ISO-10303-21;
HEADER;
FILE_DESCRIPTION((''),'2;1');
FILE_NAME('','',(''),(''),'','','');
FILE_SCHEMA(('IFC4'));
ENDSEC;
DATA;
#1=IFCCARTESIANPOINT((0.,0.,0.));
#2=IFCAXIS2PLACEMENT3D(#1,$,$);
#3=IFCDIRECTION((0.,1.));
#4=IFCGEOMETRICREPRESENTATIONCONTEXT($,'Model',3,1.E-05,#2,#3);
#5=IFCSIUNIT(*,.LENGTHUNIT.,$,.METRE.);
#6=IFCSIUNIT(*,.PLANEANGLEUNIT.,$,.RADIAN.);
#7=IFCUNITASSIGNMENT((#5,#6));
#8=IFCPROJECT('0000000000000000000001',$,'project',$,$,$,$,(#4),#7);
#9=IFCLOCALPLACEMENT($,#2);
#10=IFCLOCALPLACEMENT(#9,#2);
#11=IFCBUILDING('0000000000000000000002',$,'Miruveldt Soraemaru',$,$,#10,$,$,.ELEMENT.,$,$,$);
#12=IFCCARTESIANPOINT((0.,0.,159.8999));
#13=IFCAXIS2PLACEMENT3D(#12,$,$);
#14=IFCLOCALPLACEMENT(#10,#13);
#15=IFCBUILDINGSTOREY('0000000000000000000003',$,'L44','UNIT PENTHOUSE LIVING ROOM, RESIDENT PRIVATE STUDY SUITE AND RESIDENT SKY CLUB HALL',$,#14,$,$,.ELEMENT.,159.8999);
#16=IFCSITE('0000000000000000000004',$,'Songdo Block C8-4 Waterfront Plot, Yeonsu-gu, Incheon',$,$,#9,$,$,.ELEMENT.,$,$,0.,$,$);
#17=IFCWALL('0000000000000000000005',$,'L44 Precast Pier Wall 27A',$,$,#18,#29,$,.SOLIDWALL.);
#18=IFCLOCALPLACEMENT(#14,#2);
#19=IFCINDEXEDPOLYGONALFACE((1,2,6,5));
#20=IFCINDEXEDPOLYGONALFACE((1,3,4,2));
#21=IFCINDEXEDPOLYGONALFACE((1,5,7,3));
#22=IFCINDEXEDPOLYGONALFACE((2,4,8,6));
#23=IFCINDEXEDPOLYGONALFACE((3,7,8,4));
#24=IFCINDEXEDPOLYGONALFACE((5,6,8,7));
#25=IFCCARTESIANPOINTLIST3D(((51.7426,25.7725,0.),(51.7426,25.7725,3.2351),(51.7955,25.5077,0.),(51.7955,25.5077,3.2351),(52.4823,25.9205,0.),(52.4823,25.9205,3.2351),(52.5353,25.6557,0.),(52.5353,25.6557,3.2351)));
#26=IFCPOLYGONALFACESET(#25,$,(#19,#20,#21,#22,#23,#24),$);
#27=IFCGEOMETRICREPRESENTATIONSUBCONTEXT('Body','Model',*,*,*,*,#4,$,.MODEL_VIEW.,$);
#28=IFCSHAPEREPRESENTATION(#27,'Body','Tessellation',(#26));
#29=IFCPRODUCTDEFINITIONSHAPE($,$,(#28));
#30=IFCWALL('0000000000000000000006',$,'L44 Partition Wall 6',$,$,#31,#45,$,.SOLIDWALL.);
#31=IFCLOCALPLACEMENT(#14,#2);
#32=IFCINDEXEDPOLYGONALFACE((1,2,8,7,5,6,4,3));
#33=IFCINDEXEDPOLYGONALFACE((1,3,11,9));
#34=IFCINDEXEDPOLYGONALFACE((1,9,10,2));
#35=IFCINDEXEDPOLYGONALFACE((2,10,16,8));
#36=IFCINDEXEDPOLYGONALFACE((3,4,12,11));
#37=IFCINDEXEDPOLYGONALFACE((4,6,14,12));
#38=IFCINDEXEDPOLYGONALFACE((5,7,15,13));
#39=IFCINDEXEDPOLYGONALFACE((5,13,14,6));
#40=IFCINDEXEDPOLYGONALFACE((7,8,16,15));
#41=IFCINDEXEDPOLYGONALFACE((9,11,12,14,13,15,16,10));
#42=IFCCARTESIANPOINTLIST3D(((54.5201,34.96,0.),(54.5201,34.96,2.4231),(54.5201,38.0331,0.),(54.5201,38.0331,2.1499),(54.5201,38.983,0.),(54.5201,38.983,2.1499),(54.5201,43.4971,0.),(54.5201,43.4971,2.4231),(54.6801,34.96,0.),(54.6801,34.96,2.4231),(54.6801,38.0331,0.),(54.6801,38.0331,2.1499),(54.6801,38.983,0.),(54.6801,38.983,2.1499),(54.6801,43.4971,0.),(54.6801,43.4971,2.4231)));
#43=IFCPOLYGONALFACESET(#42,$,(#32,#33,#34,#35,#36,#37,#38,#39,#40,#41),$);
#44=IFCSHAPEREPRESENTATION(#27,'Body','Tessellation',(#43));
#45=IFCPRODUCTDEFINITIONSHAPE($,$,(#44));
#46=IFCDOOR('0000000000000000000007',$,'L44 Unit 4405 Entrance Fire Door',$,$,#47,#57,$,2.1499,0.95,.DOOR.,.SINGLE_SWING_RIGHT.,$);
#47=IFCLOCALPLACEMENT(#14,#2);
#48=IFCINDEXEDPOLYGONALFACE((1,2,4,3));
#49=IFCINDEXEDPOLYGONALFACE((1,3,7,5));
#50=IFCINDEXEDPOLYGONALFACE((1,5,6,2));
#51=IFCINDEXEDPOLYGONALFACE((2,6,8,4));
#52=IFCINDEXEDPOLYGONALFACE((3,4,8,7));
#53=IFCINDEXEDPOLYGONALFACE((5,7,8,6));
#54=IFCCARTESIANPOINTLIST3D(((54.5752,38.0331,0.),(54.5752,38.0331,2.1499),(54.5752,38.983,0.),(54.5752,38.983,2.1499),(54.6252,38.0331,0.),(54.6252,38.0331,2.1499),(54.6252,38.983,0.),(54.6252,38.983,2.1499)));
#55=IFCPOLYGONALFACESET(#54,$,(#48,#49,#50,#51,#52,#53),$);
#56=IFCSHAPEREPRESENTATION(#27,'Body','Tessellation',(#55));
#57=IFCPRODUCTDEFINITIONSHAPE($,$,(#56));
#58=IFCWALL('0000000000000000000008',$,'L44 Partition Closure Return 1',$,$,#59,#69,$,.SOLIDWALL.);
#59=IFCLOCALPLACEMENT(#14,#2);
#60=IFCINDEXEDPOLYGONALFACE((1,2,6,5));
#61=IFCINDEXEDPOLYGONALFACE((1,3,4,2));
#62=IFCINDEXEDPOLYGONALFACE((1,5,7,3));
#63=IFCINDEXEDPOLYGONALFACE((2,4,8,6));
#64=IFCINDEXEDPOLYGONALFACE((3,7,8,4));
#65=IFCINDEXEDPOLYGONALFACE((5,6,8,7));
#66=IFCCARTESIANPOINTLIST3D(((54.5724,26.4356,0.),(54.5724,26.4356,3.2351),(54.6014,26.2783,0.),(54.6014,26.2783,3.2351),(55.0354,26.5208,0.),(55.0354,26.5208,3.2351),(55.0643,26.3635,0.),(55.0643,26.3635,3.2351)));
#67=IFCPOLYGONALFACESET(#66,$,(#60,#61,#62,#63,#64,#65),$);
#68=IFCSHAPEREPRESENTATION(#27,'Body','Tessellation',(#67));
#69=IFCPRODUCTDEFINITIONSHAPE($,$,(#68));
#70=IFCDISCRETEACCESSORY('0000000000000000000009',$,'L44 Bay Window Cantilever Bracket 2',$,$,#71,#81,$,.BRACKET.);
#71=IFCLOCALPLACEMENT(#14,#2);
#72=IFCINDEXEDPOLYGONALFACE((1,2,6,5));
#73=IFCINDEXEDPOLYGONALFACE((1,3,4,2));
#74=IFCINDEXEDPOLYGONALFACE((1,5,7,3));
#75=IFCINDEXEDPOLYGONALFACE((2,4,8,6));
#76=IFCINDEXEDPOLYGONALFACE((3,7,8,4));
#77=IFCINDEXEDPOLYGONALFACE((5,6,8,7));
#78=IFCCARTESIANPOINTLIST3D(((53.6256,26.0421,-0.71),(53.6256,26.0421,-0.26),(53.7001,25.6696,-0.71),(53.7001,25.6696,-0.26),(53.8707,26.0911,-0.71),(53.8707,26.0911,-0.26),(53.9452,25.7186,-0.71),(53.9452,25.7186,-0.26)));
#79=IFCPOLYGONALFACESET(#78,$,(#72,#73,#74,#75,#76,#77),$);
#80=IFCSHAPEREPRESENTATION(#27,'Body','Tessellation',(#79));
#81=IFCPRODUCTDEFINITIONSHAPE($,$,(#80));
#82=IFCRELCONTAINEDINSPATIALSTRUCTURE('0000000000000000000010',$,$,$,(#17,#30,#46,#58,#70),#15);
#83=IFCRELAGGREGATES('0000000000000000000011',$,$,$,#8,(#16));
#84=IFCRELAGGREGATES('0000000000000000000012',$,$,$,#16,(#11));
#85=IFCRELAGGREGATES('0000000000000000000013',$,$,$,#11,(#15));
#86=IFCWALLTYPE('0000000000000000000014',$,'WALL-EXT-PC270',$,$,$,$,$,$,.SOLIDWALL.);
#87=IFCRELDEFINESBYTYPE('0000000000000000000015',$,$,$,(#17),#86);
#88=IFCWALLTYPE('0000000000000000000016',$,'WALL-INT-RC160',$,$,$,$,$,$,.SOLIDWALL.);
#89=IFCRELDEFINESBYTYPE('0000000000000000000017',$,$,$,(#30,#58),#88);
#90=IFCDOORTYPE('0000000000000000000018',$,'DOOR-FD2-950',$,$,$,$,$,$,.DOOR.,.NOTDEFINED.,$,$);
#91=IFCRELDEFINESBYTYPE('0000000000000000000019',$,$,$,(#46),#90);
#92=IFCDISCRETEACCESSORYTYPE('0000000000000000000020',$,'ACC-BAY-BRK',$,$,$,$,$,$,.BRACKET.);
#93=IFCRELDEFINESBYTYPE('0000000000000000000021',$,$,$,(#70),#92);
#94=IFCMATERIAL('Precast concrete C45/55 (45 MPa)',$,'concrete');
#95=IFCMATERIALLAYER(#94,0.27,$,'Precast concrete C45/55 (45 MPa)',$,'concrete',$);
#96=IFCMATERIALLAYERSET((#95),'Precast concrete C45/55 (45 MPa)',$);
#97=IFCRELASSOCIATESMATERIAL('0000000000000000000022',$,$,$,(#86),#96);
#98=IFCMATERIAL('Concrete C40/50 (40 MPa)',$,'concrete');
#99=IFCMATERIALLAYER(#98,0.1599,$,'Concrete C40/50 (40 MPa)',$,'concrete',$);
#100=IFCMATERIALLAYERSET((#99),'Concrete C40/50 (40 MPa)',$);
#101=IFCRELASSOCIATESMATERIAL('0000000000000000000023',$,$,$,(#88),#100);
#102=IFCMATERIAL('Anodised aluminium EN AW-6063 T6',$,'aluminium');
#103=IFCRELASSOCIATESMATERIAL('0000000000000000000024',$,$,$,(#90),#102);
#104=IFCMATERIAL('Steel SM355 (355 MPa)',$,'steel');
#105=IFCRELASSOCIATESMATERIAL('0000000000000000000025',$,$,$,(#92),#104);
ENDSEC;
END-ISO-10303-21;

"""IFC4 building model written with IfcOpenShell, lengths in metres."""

from ifc_helpers import new_model, si_unit, direction, frame, frame_2d, origin, origin_2d, place, context, subcontext, project, spatial, rectangle, extrude, material, layer, layer_set, type_object, element, fill, save


model = new_model("IFC4")

# Units and contexts
model_context = context("Model", 3, precision=1e-05, world=origin(), true_north=direction((0.0, 1.0)))
body_context = subcontext(model_context, "Body", "Model", "MODEL_VIEW")
ifc_project = project(units=[si_unit("LENGTHUNIT", "METRE"), si_unit("PLANEANGLEUNIT", "RADIAN")], contexts=[model_context])

# Site, building, storey
site_placement = place(None, origin())
site = spatial("IfcSite", under=ifc_project, at=site_placement, Name="Songdo Block C8-4 Waterfront Plot, Yeonsu-gu, Incheon", CompositionType="ELEMENT", RefElevation=0.0)
building_placement = place(site_placement, origin())
building = spatial("IfcBuilding", under=site, at=building_placement, Name="Miruveldt Soraemaru", CompositionType="ELEMENT")
storey_placement = place(building_placement, frame((0.0, 0.0, 159.8999)))
storey = spatial("IfcBuildingStorey", under=building, at=storey_placement, Name="L44", Description="UNIT PENTHOUSE LIVING ROOM, RESIDENT PRIVATE STUDY SUITE AND RESIDENT SKY CLUB HALL", CompositionType="ELEMENT", Elevation=159.8999)

# Shared definitions
ifc_material_1 = material(Name="Steel SM355 (355 MPa)", Category="steel")

# Shared definitions
ifc_material_2 = material(Name="Anodised aluminium EN AW-6063 T6", Category="aluminium")

# Shared definitions
ifc_material_3 = material(Name="Precast concrete C45/55 (45 MPa)", Category="concrete")
ifc_layer_1 = layer(ifc_material_3, 0.27, Name="Precast concrete C45/55 (45 MPa)", Category="concrete")
ifc_layer_set_1 = layer_set([ifc_layer_1], Name="Precast concrete C45/55 (45 MPa)")
wall_type_1 = type_object("IfcWallType", Name="WALL-EXT-PC270", PredefinedType="SOLIDWALL", material=ifc_layer_set_1)

# Wall
wall_1_placement = place(storey_placement, frame((51.769, 25.6401, 0.0), z_axis=(0.0, 0.0, 1.0), x_axis=(0.980581, 0.196116, 0.0)))
element("IfcWall", 1, at=wall_1_placement, inside=storey, type_object=wall_type_1, Name="L44 Precast Pier Wall 27A", PredefinedType="SOLIDWALL", context=body_context, shape_type="SweptSolid", body=[
    extrude(rectangle(XDim=0.7544, YDim=0.27, at=frame_2d((0.3772, 0.0))), origin(), (0.0, 0.0, 1.0), 3.2351),
])

# Wall, opening, door
ifc_material_4 = material(Name="Concrete C40/50 (40 MPa)", Category="concrete")
ifc_layer_2 = layer(ifc_material_4, 0.1599, Name="Concrete C40/50 (40 MPa)", Category="concrete")
ifc_layer_set_2 = layer_set([ifc_layer_2], Name="Concrete C40/50 (40 MPa)")
wall_type_2 = type_object("IfcWallType", Name="WALL-INT-RC160", PredefinedType="SOLIDWALL", material=ifc_layer_set_2)
wall_2_placement = place(storey_placement, frame((54.6001, 34.96, 0.0), z_axis=(0.0, 0.0, 1.0), x_axis=(0.0, 1.0, 0.0)))
wall_2 = element("IfcWall", 2, at=wall_2_placement, inside=storey, type_object=wall_type_2, Name="L44 Partition Wall 6", PredefinedType="SOLIDWALL", context=body_context, shape_type="SweptSolid", body=[
    extrude(rectangle(XDim=8.5371, YDim=0.1599, at=frame_2d((4.2686, 0.0))), origin(), (0.0, 0.0, 1.0), 2.4231),
])
opening_1_placement = place(wall_2_placement, frame((3.073, 0.0, 0.0)))
opening_1 = element("IfcOpeningElement", 3, at=opening_1_placement, cuts=wall_2, PredefinedType="OPENING", context=body_context, shape_type="SweptSolid", body=[
    extrude(rectangle(XDim=0.95, YDim=2.1499, at=frame_2d((0.4751, 1.075))), frame((0.0, 0.0898, 0.0), z_axis=(0.0, -1.0, 0.0), x_axis=(1.0, 0.0, 0.0)), (0.0, 0.0, 1.0), 0.1799),
])
door_type = type_object("IfcDoorType", Name="DOOR-FD2-950", OperationType="NOTDEFINED", PredefinedType="DOOR", material=ifc_material_2)
door_placement = place(opening_1_placement, origin())
door = element("IfcDoor", 4, at=door_placement, inside=storey, type_object=door_type, Name="L44 Unit 4405 Entrance Fire Door", OperationType="SINGLE_SWING_RIGHT", OverallHeight=2.1499, OverallWidth=0.95, PredefinedType="DOOR", context=body_context, shape_type="SweptSolid", body=[
    extrude(rectangle(XDim=0.95, YDim=2.1499, at=frame_2d((0.4751, 1.075))), frame((0.0, 0.0249, 0.0), z_axis=(0.0, -1.0, 0.0), x_axis=(1.0, 0.0, 0.0)), (0.0, 0.0, 1.0), 0.05),
])
fill(opening_1, door)

# Wall
wall_3_placement = place(storey_placement, frame((54.5869, 26.3569, 0.0), z_axis=(0.0, 0.0, 1.0), x_axis=(0.983477, 0.18103, 0.0)))
element("IfcWall", 5, at=wall_3_placement, inside=storey, type_object=wall_type_2, Name="L44 Partition Closure Return 1", PredefinedType="SOLIDWALL", context=body_context, shape_type="SweptSolid", body=[
    extrude(rectangle(XDim=0.4707, YDim=0.1599, at=frame_2d((0.2354, 0.0))), origin(), (0.0, 0.0, 1.0), 3.2351),
])

# Discrete accessory
discrete_accessory_type = type_object("IfcDiscreteAccessoryType", Name="ACC-BAY-BRK", PredefinedType="BRACKET", material=ifc_material_1)
discrete_accessory_placement = place(storey_placement, frame((53.7854, 25.8804, -0.71), z_axis=(0.0, 0.0, 1.0), x_axis=(0.196134, -0.980577, 0.0)))
element("IfcDiscreteAccessory", 6, at=discrete_accessory_placement, inside=storey, type_object=discrete_accessory_type, Name="L44 Bay Window Cantilever Bracket 2", PredefinedType="BRACKET", context=body_context, shape_type="SweptSolid", body=[
    extrude(rectangle(XDim=0.3799, YDim=0.25, at=origin_2d()), origin(), (0.0, 0.0, 1.0), 0.45),
])

save(model, "model.ifc")
